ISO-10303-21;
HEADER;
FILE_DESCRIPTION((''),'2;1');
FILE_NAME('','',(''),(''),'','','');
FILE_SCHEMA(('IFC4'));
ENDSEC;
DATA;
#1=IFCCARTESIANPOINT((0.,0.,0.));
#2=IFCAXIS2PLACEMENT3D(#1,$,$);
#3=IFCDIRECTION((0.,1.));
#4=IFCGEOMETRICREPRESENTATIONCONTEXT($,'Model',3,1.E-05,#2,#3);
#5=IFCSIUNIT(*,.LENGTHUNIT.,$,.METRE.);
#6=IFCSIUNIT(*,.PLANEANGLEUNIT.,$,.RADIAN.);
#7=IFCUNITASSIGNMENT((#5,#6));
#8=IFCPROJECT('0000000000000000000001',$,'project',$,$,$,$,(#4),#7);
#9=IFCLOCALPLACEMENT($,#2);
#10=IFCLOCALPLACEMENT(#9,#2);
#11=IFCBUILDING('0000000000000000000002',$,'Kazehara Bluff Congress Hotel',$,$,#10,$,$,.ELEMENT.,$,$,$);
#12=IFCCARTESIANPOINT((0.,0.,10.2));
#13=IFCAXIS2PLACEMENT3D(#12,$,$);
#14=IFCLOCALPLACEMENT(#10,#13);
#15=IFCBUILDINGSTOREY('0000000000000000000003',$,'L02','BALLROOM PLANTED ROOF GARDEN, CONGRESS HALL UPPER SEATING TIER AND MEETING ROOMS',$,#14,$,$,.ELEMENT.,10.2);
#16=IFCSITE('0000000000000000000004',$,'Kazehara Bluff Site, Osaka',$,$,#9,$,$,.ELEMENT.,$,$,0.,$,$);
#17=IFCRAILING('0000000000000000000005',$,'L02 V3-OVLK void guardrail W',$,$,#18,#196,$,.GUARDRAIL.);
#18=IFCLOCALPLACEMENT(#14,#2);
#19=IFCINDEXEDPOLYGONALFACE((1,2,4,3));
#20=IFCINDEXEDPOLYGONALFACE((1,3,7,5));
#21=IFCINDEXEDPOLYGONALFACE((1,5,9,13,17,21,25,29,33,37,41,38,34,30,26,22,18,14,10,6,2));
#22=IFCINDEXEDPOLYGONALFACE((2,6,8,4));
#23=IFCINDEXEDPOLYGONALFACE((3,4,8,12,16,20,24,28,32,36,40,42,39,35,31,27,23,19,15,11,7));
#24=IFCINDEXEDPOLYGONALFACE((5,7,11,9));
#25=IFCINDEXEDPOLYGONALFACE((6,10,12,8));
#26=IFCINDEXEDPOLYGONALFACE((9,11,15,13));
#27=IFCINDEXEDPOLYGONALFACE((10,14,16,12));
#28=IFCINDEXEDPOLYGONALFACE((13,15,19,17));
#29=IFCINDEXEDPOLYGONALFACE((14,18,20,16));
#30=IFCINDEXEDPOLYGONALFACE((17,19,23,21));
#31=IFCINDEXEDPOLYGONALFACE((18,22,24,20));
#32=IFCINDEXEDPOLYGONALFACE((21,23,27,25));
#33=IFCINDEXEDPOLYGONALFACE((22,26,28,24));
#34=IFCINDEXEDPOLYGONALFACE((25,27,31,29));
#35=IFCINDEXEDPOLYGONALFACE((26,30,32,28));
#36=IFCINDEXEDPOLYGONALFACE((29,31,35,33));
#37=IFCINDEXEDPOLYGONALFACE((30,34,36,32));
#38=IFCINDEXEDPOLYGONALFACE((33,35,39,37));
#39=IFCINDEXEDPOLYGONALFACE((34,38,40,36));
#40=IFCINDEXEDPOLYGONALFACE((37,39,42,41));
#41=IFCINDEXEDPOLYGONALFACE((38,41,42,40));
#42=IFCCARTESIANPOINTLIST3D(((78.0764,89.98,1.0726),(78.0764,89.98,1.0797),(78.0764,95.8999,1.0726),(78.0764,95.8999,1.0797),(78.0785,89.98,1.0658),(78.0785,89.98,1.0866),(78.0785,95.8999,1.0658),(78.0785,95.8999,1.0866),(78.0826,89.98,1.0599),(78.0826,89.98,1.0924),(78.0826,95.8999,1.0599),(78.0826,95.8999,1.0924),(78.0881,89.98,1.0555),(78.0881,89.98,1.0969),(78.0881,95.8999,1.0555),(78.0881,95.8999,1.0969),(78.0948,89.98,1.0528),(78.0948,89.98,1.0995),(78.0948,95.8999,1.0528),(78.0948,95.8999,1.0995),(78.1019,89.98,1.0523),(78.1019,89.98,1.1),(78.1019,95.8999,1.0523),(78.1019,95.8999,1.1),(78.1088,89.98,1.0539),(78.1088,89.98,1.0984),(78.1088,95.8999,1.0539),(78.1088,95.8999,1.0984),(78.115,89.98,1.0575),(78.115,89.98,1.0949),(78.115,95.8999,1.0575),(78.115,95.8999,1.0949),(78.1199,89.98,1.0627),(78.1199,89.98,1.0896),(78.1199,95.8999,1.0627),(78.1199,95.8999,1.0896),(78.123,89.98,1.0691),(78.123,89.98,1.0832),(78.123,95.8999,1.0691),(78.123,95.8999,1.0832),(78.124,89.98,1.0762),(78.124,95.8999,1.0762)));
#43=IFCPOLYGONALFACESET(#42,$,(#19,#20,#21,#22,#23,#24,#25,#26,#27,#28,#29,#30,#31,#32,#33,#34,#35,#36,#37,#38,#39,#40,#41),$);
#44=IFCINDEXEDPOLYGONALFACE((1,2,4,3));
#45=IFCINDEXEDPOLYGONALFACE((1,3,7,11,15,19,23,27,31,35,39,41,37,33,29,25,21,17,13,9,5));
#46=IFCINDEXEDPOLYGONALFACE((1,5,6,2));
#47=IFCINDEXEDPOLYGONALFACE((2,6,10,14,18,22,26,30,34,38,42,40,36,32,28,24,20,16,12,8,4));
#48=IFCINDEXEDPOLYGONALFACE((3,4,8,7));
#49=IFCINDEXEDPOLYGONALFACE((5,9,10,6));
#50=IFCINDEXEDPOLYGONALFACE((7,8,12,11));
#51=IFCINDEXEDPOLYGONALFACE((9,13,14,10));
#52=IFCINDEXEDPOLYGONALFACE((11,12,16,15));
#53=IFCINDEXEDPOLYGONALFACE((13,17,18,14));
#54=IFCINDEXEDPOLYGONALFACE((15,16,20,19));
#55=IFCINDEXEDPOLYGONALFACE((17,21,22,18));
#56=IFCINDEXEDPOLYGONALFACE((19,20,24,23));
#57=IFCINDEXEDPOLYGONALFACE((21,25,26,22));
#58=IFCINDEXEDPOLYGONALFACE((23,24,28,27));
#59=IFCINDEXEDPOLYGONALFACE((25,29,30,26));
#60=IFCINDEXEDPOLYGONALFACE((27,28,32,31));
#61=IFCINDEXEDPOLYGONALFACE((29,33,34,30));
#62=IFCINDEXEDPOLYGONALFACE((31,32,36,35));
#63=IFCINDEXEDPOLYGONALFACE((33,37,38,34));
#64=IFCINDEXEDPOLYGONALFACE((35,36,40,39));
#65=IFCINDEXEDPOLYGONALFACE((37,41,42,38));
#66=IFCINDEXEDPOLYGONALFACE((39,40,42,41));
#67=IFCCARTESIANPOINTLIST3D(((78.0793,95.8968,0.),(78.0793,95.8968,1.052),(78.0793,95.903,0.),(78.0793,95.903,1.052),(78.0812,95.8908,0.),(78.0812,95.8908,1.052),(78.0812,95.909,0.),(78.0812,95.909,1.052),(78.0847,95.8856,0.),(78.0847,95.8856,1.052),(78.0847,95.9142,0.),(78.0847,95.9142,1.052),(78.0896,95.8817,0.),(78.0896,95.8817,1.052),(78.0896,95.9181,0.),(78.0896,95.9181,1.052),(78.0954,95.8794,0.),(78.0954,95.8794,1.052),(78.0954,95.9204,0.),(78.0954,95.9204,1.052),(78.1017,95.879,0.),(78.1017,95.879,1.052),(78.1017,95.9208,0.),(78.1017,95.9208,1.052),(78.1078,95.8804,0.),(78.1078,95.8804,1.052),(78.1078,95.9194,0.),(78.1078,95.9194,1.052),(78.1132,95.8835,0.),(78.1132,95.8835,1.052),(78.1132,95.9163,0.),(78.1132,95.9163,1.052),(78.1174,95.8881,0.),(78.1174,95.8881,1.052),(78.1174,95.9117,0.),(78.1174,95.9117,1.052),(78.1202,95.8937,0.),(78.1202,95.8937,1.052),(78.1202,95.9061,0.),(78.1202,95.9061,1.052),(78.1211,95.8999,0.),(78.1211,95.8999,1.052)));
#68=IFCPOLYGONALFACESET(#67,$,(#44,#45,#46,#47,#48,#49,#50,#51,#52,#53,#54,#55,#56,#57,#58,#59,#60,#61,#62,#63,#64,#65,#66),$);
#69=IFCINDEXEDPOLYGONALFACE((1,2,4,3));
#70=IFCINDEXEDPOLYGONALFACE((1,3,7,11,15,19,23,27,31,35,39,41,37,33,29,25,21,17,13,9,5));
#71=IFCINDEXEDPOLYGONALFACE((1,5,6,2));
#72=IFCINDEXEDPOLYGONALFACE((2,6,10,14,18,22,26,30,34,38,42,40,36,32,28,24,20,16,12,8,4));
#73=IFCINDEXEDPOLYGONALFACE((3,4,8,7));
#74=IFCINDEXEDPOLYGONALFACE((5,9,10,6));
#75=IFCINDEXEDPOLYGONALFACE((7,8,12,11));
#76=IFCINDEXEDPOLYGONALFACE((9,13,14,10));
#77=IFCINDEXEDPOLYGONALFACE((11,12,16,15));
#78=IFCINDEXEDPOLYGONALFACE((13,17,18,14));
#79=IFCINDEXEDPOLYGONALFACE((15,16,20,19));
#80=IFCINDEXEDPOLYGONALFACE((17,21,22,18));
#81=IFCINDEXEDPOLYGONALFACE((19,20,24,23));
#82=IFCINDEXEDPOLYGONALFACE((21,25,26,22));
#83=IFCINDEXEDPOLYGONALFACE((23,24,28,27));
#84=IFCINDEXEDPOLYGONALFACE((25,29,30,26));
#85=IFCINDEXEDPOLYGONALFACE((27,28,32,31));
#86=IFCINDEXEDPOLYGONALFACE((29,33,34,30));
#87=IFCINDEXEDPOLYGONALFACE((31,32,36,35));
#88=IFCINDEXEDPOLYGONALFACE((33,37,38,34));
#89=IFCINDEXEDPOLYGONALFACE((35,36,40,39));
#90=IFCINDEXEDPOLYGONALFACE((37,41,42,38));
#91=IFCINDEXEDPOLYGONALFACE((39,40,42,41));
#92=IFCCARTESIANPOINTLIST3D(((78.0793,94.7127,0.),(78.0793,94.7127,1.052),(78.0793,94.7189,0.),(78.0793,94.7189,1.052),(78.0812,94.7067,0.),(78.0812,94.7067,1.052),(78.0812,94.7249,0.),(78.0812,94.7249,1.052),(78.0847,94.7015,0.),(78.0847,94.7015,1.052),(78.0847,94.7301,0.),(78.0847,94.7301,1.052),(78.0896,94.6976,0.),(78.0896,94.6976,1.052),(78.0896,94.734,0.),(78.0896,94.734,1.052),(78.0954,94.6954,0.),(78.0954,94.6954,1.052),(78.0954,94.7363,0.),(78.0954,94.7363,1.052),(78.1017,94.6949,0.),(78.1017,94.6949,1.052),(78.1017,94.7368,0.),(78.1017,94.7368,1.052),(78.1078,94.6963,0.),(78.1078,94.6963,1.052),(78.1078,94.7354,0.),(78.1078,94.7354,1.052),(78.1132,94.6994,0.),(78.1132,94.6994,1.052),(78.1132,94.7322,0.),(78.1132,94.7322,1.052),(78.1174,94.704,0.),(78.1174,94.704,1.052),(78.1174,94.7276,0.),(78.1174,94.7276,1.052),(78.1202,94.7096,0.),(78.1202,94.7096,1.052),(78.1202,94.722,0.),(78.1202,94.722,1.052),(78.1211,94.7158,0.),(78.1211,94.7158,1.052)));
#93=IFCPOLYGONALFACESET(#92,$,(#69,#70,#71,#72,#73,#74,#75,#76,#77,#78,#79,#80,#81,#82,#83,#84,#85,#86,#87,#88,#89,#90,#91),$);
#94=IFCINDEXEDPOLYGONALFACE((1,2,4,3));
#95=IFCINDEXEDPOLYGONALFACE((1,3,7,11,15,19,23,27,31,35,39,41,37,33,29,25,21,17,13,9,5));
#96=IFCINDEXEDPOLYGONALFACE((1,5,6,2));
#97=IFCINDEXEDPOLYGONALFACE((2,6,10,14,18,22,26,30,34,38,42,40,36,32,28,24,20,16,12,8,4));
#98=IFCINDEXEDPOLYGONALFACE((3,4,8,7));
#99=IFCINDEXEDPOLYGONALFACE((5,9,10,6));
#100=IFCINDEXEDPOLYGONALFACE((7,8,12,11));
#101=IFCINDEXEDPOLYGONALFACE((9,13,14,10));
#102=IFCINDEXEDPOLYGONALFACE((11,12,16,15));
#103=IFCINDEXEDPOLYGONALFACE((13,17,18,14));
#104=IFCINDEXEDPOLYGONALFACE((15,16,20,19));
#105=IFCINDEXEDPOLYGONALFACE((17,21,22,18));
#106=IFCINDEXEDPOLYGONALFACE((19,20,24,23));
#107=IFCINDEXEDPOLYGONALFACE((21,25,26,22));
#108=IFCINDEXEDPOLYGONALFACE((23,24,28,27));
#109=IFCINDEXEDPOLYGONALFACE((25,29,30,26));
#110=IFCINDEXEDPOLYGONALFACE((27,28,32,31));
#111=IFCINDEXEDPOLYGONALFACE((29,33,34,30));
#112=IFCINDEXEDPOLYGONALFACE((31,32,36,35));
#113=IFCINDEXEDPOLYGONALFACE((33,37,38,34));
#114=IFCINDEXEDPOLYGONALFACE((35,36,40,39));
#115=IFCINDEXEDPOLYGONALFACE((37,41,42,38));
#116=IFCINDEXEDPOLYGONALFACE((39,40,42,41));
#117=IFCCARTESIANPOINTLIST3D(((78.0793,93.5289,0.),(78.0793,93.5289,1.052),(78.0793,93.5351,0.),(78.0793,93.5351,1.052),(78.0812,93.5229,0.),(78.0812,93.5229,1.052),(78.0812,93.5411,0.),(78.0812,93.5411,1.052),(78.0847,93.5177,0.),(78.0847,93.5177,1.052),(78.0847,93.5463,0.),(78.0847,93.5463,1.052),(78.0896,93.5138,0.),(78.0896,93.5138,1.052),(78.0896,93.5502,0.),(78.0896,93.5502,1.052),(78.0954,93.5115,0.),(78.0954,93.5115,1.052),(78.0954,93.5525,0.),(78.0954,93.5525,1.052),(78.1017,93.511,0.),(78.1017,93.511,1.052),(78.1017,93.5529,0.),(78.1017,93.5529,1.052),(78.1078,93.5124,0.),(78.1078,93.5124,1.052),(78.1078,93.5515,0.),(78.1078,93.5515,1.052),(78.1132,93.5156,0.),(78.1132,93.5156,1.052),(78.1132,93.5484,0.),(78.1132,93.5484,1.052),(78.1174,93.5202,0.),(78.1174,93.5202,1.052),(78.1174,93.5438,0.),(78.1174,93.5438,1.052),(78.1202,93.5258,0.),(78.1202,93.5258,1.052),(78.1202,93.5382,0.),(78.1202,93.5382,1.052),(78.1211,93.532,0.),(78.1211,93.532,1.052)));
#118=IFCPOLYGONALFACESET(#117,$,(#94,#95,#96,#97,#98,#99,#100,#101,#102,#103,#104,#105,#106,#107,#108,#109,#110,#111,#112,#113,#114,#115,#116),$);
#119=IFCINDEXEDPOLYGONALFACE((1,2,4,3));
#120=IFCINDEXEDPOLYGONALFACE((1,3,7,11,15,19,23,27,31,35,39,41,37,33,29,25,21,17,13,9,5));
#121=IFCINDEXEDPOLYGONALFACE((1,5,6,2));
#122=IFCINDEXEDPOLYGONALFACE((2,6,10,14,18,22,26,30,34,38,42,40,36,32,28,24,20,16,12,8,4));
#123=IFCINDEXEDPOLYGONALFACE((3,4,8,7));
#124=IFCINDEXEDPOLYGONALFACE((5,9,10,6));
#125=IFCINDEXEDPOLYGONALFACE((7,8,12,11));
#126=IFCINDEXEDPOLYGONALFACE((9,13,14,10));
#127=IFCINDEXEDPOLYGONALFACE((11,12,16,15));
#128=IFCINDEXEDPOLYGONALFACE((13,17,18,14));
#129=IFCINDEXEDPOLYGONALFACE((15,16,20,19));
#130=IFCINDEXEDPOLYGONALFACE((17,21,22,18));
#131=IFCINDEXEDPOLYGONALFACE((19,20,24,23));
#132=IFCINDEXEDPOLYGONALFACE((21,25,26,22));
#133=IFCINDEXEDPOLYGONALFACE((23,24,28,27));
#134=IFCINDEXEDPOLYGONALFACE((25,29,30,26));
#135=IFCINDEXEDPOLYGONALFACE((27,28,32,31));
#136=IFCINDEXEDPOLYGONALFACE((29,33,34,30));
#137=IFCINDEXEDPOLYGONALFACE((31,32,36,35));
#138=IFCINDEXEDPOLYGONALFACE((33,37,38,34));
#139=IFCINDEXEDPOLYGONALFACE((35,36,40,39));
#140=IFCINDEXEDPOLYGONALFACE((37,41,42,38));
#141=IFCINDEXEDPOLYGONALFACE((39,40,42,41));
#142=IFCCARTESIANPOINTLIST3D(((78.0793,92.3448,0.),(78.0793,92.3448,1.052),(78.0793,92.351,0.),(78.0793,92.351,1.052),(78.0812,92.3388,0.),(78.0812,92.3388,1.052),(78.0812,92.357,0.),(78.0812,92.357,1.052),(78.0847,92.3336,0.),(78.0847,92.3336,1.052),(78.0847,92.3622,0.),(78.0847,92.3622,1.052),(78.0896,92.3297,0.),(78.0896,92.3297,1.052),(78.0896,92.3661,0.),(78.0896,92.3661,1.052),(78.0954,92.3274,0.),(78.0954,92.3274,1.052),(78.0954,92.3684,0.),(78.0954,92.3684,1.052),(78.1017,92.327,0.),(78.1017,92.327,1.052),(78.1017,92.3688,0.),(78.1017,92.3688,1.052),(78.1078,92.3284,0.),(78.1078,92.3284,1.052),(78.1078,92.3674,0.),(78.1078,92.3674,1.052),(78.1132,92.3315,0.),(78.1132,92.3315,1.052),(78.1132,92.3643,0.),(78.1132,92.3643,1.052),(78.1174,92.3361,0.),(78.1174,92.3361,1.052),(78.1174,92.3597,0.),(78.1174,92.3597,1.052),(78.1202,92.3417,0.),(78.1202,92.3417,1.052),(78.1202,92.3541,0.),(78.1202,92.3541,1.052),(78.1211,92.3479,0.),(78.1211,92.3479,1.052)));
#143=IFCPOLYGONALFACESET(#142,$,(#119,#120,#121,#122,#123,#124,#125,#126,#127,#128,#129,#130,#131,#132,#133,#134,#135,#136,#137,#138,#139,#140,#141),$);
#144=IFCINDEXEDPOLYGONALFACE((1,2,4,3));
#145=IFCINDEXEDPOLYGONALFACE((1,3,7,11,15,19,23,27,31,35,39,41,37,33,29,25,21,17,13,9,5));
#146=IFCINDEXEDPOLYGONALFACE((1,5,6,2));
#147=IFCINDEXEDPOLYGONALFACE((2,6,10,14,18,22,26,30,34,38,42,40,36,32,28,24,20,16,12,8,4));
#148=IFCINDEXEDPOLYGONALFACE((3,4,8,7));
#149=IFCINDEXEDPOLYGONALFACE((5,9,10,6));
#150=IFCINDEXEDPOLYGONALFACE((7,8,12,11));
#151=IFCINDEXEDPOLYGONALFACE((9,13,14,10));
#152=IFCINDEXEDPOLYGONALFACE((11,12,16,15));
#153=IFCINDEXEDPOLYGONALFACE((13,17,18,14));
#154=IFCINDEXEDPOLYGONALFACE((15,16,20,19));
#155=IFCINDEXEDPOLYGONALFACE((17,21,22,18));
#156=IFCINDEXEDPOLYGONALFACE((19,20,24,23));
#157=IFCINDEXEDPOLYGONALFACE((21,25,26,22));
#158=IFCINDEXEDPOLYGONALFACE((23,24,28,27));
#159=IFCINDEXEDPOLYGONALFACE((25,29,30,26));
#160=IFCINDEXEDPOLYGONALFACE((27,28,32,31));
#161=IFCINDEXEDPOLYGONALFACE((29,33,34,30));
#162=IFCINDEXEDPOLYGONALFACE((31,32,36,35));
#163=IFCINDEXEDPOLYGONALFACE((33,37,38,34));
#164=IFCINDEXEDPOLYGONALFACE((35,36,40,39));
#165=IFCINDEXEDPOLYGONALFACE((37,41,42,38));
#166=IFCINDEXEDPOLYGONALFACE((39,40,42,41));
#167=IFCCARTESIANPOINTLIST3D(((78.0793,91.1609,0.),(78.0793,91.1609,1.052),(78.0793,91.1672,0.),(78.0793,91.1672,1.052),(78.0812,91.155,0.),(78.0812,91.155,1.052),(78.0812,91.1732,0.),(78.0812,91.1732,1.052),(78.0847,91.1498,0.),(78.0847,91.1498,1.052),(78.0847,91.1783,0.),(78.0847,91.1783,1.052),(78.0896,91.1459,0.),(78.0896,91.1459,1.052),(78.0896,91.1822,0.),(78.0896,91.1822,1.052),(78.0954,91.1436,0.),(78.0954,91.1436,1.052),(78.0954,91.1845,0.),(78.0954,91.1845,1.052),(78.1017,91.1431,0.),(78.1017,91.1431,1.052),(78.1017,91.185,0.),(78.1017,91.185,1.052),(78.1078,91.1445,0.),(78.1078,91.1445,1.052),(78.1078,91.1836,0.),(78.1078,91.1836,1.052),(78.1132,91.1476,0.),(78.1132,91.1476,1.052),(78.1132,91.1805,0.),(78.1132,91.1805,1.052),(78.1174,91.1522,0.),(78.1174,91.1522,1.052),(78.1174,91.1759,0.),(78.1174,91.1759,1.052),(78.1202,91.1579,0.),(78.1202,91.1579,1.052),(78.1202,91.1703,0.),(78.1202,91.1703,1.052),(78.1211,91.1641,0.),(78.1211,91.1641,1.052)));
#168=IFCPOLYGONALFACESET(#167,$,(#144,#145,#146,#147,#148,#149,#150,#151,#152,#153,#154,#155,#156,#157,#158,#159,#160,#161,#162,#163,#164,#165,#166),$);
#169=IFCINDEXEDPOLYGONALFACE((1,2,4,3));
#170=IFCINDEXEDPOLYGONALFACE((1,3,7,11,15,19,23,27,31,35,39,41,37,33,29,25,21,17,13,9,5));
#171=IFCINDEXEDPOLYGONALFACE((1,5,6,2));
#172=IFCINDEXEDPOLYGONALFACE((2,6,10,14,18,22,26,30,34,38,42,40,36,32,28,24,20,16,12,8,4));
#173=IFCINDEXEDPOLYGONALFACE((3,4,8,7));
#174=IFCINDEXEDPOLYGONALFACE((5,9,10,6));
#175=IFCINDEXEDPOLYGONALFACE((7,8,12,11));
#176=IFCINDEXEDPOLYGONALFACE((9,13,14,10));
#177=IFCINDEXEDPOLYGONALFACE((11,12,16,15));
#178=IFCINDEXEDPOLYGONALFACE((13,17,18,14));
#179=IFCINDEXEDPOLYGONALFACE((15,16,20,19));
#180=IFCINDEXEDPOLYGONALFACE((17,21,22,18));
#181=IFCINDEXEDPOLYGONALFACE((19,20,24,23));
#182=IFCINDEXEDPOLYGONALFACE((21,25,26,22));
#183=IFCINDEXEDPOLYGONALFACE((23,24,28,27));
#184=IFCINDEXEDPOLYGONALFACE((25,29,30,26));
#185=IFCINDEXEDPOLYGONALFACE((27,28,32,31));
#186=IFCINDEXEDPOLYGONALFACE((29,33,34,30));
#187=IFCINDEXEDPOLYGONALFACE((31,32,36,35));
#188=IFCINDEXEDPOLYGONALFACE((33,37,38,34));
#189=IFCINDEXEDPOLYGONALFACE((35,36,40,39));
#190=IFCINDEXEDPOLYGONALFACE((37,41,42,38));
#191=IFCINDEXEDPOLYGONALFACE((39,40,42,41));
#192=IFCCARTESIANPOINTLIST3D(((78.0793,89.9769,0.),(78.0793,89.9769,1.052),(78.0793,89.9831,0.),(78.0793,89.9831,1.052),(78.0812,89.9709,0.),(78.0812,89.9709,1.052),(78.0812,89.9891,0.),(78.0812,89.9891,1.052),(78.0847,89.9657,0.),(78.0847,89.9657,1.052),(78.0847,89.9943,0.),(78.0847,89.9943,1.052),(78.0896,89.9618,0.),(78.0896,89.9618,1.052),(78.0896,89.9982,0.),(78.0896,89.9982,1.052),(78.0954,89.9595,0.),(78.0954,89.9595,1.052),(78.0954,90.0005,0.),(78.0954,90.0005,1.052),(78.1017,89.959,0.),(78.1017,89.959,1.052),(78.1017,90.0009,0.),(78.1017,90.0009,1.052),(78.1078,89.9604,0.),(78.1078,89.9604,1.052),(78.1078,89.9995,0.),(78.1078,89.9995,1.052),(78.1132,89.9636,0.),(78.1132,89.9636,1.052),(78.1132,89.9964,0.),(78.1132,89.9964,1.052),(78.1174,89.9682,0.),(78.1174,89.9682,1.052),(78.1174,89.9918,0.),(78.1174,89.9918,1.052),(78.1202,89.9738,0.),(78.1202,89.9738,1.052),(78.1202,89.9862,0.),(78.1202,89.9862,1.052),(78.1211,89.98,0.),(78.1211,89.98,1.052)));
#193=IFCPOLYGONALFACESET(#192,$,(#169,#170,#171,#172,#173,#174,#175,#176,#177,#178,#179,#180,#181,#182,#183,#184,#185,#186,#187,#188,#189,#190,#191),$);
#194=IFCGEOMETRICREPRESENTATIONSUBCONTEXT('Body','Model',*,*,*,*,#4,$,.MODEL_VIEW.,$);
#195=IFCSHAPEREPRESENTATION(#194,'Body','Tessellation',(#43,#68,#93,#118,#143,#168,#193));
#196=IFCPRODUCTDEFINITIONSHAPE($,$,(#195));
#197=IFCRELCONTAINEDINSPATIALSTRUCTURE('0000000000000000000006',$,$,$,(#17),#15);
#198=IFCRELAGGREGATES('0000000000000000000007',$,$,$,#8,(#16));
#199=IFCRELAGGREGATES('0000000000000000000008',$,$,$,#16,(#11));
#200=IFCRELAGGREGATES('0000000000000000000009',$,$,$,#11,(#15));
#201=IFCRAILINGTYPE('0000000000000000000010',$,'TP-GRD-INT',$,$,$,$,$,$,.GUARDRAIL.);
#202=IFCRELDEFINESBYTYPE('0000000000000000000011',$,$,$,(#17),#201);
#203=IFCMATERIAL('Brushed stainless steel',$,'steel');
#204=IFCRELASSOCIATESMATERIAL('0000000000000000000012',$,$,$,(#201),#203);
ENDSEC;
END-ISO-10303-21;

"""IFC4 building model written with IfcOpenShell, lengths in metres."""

from ifc_helpers import new_model, si_unit, direction, frame, origin, origin_2d, place, context, subcontext, project, spatial, circle, extrude, material, type_object, element, save


model = new_model("IFC4")

# Units and contexts
model_context = context("Model", 3, precision=1e-05, world=origin(), true_north=direction((0.0, 1.0)))
body_context = subcontext(model_context, "Body", "Model", "MODEL_VIEW")
ifc_project = project(units=[si_unit("LENGTHUNIT", "METRE"), si_unit("PLANEANGLEUNIT", "RADIAN")], contexts=[model_context])

# Site, building, storey
site_placement = place(None, origin())
site = spatial("IfcSite", under=ifc_project, at=site_placement, Name="Kazehara Bluff Site, Osaka", CompositionType="ELEMENT", RefElevation=0.0)
building_placement = place(site_placement, origin())
building = spatial("IfcBuilding", under=site, at=building_placement, Name="Kazehara Bluff Congress Hotel", CompositionType="ELEMENT")
storey_placement = place(building_placement, frame((0.0, 0.0, 10.2)))
storey = spatial("IfcBuildingStorey", under=building, at=storey_placement, Name="L02", Description="BALLROOM PLANTED ROOF GARDEN, CONGRESS HALL UPPER SEATING TIER AND MEETING ROOMS", CompositionType="ELEMENT", Elevation=10.2)

# Railing
ifc_material_1 = material(Name="Brushed stainless steel", Category="steel")
railing_type = type_object("IfcRailingType", Name="TP-GRD-INT", PredefinedType="GUARDRAIL", material=ifc_material_1)
railing_1_placement = place(storey_placement, frame((78.1001, 95.8999, 0.0)))
element("IfcRailing", 1, at=railing_1_placement, inside=storey, type_object=railing_type, Name="L02 V3-OVLK void guardrail W", PredefinedType="GUARDRAIL", context=body_context, shape_type="SweptSolid", body=[
    extrude(circle(Radius=0.0239, at=origin_2d()), frame((0.0, 0.0, 1.0762), z_axis=(0.0, -1.0, 0.0), x_axis=(1.0, 0.0, 0.0)), (0.0, 0.0, 1.0), 5.9199),
    extrude(circle(Radius=0.021, at=origin_2d()), origin(), (0.0, 0.0, 1.0), 1.052),
    extrude(circle(Radius=0.021, at=origin_2d()), frame((0.0, -1.1841, 0.0)), (0.0, 0.0, 1.0), 1.052),
    extrude(circle(Radius=0.021, at=origin_2d()), frame((0.0, -2.3679, 0.0)), (0.0, 0.0, 1.0), 1.052),
    extrude(circle(Radius=0.021, at=origin_2d()), frame((0.0, -3.552, 0.0)), (0.0, 0.0, 1.0), 1.052),
    extrude(circle(Radius=0.021, at=origin_2d()), frame((0.0, -4.7358, 0.0)), (0.0, 0.0, 1.0), 1.052),
    extrude(circle(Radius=0.021, at=origin_2d()), frame((0.0, -5.9199, 0.0)), (0.0, 0.0, 1.0), 1.052),
])

save(model, "model.ifc")
